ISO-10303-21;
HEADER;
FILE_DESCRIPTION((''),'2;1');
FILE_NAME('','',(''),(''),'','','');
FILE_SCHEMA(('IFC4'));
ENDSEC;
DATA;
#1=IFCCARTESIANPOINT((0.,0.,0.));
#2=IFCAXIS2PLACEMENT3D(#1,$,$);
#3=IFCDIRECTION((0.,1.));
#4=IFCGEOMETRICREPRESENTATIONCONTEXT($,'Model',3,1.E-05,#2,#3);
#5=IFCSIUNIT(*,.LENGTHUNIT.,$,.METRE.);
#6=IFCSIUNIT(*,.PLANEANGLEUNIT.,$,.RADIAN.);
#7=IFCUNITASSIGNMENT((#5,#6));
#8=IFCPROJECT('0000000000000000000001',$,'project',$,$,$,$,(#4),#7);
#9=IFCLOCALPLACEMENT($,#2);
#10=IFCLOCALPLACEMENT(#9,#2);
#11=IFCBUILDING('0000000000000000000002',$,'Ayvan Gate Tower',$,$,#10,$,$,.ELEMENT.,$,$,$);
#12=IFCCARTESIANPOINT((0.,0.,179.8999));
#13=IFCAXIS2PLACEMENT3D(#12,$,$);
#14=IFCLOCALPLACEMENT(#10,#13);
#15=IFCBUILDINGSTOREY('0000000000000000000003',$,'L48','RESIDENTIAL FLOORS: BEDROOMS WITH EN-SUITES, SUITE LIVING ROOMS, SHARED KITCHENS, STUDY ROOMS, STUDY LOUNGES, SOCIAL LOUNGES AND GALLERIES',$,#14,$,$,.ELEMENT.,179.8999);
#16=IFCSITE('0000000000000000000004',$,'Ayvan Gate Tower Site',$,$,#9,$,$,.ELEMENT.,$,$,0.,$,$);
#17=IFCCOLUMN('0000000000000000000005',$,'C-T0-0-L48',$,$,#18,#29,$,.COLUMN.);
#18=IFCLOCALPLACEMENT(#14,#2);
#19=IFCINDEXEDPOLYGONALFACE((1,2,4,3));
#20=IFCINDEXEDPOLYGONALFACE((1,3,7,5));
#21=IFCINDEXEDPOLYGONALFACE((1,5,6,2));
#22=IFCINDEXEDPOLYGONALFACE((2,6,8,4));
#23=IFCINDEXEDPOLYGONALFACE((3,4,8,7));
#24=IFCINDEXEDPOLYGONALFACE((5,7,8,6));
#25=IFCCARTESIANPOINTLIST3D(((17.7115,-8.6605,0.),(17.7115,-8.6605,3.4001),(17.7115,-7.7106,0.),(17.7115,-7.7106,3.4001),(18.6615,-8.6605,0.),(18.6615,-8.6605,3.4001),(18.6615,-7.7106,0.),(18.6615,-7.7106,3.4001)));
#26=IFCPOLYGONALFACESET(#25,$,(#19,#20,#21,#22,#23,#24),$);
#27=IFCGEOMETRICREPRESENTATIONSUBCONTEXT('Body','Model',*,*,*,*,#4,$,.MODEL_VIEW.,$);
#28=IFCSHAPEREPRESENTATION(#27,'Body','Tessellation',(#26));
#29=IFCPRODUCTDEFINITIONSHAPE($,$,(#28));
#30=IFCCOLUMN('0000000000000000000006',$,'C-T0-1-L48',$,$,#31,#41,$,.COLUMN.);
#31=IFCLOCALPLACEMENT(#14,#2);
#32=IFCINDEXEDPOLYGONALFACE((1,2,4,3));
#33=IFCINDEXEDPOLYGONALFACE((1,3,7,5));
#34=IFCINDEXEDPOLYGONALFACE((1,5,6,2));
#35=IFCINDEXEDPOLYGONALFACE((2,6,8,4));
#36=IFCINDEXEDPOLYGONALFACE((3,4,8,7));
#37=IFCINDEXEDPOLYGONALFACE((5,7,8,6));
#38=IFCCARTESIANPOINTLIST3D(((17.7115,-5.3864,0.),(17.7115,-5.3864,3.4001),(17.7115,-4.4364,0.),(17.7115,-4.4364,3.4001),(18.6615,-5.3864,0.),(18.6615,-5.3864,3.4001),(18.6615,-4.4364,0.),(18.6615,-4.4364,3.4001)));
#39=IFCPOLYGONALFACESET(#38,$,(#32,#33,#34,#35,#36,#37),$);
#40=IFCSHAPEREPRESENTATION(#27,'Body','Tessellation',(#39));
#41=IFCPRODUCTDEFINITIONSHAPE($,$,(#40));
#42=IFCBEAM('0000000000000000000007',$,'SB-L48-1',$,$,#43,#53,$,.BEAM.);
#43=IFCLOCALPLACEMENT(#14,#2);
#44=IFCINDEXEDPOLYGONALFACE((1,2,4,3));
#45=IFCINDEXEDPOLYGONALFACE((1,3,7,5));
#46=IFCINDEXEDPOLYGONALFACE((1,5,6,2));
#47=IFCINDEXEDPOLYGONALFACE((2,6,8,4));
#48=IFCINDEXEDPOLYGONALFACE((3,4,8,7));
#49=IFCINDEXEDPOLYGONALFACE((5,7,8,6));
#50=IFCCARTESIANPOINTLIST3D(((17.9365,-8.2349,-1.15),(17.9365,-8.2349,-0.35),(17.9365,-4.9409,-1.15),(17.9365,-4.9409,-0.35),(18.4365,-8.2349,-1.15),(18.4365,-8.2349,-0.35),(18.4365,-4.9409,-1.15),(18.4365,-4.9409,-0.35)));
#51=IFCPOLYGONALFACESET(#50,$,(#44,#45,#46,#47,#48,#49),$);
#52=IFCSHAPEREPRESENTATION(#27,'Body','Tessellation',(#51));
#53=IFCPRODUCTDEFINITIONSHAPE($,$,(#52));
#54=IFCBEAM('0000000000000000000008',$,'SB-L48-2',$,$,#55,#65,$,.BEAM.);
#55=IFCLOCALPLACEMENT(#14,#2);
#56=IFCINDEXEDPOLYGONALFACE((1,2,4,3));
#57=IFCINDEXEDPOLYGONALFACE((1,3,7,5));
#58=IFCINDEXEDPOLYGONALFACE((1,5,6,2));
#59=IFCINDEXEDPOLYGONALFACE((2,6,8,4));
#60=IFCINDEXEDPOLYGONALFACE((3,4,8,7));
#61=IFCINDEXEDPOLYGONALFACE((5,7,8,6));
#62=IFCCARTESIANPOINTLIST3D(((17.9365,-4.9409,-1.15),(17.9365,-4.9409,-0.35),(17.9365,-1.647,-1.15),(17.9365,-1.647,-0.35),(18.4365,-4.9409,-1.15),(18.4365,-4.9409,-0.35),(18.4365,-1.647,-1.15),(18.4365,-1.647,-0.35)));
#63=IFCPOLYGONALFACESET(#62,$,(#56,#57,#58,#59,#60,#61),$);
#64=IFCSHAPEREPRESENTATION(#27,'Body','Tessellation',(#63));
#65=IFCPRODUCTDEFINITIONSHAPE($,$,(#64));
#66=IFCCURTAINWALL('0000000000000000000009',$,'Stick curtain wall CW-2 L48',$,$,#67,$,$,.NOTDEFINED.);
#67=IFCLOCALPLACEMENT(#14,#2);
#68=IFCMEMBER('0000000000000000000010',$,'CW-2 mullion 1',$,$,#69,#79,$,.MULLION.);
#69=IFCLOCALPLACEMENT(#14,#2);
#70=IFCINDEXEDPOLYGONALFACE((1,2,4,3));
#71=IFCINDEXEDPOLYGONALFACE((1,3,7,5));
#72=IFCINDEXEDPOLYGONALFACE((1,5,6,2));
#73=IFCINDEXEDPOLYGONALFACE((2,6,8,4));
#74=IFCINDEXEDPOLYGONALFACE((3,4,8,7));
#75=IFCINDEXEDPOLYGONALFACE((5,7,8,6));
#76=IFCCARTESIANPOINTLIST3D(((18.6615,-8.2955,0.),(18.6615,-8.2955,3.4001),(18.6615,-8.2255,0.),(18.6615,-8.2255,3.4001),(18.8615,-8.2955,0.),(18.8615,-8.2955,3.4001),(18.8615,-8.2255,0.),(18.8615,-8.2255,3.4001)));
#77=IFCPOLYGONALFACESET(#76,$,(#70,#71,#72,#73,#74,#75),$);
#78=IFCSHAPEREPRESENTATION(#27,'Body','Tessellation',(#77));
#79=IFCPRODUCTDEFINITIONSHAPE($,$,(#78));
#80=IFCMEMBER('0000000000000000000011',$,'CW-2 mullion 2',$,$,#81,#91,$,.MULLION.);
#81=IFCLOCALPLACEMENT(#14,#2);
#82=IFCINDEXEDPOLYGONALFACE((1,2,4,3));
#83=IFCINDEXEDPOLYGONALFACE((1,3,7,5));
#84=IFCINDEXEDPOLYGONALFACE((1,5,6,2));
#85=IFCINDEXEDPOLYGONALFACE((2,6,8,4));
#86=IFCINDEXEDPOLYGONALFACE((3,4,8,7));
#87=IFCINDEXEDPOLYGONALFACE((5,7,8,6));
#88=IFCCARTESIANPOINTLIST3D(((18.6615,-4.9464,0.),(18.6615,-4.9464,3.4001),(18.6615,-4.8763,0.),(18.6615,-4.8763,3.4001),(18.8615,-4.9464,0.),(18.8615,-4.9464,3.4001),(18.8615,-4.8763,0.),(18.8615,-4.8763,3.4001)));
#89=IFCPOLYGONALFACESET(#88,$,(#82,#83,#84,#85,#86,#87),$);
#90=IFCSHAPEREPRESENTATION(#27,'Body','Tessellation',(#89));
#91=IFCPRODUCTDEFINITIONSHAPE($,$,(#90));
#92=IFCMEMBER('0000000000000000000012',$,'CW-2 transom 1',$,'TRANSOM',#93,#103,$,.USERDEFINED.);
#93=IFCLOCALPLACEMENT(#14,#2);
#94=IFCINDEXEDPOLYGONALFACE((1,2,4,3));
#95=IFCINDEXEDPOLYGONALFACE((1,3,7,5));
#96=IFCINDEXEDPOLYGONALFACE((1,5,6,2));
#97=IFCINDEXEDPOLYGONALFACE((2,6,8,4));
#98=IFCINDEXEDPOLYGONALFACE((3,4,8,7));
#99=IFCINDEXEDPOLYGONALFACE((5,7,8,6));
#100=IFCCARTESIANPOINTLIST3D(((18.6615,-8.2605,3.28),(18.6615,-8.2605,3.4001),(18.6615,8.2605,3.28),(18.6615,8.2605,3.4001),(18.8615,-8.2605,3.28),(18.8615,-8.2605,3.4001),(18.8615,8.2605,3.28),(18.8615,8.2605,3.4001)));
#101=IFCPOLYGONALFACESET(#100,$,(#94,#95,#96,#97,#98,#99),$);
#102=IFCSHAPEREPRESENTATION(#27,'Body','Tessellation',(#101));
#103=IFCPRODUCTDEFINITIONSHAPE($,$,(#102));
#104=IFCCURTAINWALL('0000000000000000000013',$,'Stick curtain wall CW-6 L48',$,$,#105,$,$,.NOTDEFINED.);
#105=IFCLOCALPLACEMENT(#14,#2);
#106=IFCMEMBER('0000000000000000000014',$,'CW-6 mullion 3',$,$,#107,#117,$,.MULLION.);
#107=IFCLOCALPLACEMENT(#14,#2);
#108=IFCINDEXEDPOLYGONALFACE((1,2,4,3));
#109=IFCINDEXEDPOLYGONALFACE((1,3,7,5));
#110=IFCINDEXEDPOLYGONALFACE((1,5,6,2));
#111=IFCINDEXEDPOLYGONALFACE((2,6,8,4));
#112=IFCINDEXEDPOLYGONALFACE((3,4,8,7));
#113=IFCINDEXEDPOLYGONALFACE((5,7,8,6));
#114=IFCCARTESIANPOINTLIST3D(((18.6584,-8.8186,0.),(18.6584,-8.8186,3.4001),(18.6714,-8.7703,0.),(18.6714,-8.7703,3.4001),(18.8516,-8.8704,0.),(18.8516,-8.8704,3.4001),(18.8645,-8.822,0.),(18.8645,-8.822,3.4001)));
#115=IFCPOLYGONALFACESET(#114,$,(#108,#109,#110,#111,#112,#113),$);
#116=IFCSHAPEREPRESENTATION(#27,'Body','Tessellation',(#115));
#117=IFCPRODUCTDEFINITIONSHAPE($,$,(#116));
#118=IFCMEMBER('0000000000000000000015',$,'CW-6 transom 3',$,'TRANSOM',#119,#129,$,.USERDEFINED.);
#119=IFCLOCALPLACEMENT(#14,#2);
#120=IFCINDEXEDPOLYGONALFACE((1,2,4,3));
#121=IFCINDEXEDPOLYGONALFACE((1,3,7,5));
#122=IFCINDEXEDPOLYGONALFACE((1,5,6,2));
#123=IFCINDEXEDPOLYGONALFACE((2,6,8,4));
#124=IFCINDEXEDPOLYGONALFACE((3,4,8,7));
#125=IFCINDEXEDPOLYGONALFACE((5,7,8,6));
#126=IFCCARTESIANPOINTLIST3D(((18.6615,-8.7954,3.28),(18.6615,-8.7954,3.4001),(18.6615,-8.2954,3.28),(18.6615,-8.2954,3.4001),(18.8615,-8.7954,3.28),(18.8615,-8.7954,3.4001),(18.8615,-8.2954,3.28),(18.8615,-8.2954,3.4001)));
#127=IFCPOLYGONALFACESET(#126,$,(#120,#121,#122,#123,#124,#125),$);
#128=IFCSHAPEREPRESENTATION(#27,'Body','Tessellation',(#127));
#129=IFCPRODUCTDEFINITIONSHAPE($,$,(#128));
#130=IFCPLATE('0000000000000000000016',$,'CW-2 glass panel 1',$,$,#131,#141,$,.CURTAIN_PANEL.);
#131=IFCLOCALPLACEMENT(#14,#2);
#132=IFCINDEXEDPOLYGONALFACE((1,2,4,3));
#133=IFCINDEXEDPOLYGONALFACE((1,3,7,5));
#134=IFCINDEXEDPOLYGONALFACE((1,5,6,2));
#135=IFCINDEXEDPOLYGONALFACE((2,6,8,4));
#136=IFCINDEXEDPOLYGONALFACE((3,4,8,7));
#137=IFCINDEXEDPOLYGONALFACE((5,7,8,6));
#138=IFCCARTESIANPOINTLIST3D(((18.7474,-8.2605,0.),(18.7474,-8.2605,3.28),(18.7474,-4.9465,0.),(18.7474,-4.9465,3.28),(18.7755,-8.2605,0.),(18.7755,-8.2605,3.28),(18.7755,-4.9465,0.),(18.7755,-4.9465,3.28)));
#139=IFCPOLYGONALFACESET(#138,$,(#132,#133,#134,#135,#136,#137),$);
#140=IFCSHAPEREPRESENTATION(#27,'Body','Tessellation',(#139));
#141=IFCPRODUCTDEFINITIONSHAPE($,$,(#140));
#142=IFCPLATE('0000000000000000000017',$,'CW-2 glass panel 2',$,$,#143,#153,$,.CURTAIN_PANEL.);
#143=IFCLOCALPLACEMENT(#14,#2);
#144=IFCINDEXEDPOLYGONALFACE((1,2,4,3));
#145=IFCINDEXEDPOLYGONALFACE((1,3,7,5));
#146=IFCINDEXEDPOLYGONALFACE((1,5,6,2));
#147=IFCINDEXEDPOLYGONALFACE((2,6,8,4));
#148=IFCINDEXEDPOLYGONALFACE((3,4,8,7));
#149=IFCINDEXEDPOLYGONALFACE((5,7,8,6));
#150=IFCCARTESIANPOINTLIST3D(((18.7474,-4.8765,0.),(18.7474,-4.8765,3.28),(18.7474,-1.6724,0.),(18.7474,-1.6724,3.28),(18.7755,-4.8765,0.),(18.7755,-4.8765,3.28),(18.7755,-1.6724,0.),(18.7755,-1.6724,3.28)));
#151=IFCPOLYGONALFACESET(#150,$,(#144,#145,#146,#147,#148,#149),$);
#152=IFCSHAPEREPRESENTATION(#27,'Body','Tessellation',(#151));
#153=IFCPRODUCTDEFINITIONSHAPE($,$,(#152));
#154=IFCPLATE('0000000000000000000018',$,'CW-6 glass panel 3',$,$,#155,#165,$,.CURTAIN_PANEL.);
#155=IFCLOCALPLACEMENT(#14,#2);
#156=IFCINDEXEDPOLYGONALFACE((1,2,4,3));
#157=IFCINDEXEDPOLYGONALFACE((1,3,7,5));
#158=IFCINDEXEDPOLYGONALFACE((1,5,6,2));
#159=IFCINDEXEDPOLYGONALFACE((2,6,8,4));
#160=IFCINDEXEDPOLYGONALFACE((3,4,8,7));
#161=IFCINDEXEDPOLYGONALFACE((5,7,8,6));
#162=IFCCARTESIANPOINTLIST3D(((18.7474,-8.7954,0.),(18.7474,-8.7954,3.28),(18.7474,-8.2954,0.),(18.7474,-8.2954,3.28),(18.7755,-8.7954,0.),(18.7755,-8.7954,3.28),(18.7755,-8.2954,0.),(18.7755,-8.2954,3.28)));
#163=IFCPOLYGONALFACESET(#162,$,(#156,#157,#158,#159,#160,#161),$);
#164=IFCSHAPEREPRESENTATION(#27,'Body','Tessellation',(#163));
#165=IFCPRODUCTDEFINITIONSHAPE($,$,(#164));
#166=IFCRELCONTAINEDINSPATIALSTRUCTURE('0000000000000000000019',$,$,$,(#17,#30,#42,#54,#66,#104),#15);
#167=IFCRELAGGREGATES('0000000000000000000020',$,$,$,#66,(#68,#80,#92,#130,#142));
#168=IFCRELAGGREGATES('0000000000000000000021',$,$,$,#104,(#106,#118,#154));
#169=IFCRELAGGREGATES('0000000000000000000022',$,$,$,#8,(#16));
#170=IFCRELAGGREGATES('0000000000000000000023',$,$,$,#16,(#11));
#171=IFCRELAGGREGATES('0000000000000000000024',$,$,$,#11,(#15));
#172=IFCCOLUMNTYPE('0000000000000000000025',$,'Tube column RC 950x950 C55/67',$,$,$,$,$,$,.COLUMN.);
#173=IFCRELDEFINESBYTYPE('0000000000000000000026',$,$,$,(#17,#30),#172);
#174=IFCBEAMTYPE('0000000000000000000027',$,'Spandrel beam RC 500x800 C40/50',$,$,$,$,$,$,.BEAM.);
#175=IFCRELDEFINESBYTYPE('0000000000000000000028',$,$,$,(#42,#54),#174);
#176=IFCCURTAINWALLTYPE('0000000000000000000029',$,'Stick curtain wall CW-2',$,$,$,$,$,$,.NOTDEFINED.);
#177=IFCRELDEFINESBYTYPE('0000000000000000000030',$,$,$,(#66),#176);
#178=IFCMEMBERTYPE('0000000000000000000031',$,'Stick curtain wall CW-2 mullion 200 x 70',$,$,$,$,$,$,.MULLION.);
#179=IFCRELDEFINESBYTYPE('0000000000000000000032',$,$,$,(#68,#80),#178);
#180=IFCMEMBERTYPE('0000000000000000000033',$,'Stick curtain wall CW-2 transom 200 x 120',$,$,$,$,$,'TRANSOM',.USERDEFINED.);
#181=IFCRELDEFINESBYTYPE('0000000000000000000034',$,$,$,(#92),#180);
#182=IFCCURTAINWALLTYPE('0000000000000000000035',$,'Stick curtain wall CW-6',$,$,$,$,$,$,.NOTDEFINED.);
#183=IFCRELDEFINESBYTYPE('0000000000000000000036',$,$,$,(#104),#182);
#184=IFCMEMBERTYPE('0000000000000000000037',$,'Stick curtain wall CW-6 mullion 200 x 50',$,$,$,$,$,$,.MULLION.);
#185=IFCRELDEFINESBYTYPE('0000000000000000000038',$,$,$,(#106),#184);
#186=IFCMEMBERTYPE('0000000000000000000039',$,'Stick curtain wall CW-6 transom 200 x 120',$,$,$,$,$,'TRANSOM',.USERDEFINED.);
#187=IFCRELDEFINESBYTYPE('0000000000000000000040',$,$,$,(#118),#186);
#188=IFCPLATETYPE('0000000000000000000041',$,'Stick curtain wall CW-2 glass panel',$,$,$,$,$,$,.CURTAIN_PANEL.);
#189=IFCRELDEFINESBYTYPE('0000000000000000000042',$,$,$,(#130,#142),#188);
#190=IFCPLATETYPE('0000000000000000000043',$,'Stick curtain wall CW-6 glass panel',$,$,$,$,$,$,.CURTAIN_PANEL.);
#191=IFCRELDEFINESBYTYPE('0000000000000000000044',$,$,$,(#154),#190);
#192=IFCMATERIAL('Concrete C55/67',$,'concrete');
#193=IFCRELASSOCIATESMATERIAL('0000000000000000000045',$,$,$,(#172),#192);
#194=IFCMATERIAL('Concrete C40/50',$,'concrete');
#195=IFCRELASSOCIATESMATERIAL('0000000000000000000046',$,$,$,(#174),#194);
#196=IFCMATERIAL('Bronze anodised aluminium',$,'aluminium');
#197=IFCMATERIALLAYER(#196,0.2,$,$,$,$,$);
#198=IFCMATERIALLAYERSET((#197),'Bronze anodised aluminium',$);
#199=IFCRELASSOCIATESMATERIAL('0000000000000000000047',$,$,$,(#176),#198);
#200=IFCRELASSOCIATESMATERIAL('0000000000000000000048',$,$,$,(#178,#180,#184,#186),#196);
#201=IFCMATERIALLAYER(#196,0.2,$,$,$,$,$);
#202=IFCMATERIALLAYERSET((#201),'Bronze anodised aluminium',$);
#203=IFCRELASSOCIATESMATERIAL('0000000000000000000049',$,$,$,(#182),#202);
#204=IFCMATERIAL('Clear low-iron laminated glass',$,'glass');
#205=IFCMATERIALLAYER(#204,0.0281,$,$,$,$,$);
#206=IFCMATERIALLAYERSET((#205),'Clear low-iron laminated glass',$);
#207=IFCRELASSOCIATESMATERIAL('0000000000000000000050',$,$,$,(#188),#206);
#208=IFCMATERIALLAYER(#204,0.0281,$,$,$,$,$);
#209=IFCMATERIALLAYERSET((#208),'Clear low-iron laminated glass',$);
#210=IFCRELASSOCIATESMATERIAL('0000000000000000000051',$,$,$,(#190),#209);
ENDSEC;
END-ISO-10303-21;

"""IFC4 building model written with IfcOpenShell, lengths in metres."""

from ifc_helpers import new_model, si_unit, direction, frame, origin, origin_2d, place, context, subcontext, project, spatial, rectangle, extrude, material, layer, layer_set, material_profile, profile_set, type_object, element, aggregate, save


model = new_model("IFC4")

# Units and contexts
model_context = context("Model", 3, precision=1e-05, world=origin(), true_north=direction((0.0, 1.0)))
body_context = subcontext(model_context, "Body", "Model", "MODEL_VIEW")
ifc_project = project(units=[si_unit("LENGTHUNIT", "METRE"), si_unit("PLANEANGLEUNIT", "RADIAN")], contexts=[model_context])

# Site, building, storey
site_placement = place(None, origin())
site = spatial("IfcSite", under=ifc_project, at=site_placement, Name="Ayvan Gate Tower Site", CompositionType="ELEMENT", RefElevation=0.0)
building_placement = place(site_placement, origin())
building = spatial("IfcBuilding", under=site, at=building_placement, Name="Ayvan Gate Tower", CompositionType="ELEMENT")
storey_placement = place(building_placement, frame((0.0, 0.0, 179.8999)))
storey = spatial("IfcBuildingStorey", under=building, at=storey_placement, Name="L48", Description="RESIDENTIAL FLOORS: BEDROOMS WITH EN-SUITES, SUITE LIVING ROOMS, SHARED KITCHENS, STUDY ROOMS, STUDY LOUNGES, SOCIAL LOUNGES AND GALLERIES", CompositionType="ELEMENT", Elevation=179.8999)

# Columns
ifc_material_1 = material(Name="Concrete C55/67", Category="concrete")
ifc_material_profile_1 = material_profile(ifc_material_1, rectangle(XDim=0.95, YDim=0.95, at=origin_2d()), Name="RC 950x950")
ifc_profile_set_1 = profile_set([ifc_material_profile_1], Name="Concrete C55/67")
column_type = type_object("IfcColumnType", Name="Tube column RC 950x950 C55/67", PredefinedType="COLUMN", material=ifc_profile_set_1)
for number, where, z_axis, x_axis, name in (
    (1, (18.1865, -8.1855, 0.0), (0.0, 0.0, 1.0), (1.0, 0.0, 0.0), "C-T0-0-L48"),
    (2, (18.1865, -4.9114, 0.0), (0.0, 0.0, 1.0), (1.0, 0.0, 0.0), "C-T0-1-L48"),
):
    element("IfcColumn", number, at=place(storey_placement, frame(where, z_axis=z_axis, x_axis=x_axis)), inside=storey, type_object=column_type, Name=name, PredefinedType="COLUMN", context=body_context, shape_type="SweptSolid", body=[
        extrude(rectangle(XDim=0.95, YDim=0.95, at=origin_2d()), origin(), (0.0, 0.0, 1.0), 3.4001),
    ])

# Beams
ifc_material_2 = material(Name="Concrete C40/50", Category="concrete")
ifc_material_profile_2 = material_profile(ifc_material_2, rectangle(XDim=0.5, YDim=0.8, at=origin_2d()), Name="RC 500x800")
ifc_profile_set_2 = profile_set([ifc_material_profile_2], Name="Concrete C40/50")
beam_type = type_object("IfcBeamType", Name="Spandrel beam RC 500x800 C40/50", PredefinedType="BEAM", material=ifc_profile_set_2)
for number, where, z_axis, x_axis, name in (
    (3, (18.1865, -8.2349, -0.75), (0.0, 1.0, 0.0), (-1.0, 0.0, 0.0), "SB-L48-1"),
    (4, (18.1865, -4.9409, -0.75), (0.0, 1.0, 0.0), (-1.0, 0.0, 0.0), "SB-L48-2"),
):
    element("IfcBeam", number, at=place(storey_placement, frame(where, z_axis=z_axis, x_axis=x_axis)), inside=storey, type_object=beam_type, Name=name, PredefinedType="BEAM", context=body_context, shape_type="SweptSolid", body=[
        extrude(rectangle(XDim=0.5, YDim=0.8, at=origin_2d()), origin(), (0.0, 0.0, 1.0), 3.2939),
    ])

# Curtain walls, members
ifc_material_3 = material(Name="Bronze anodised aluminium", Category="aluminium")
ifc_layer_1 = layer(ifc_material_3, 0.2)
ifc_layer_set_1 = layer_set([ifc_layer_1], Name="Bronze anodised aluminium")
curtain_wall_type_1 = type_object("IfcCurtainWallType", Name="Stick curtain wall CW-2", PredefinedType="NOTDEFINED", material=ifc_layer_set_1)
curtain_wall_1_placement = place(storey_placement, origin())
curtain_wall_1 = element("IfcCurtainWall", 5, at=curtain_wall_1_placement, inside=storey, type_object=curtain_wall_type_1, Name="Stick curtain wall CW-2 L48", PredefinedType="NOTDEFINED")
ifc_material_profile_3 = material_profile(ifc_material_3, rectangle(XDim=0.2, YDim=0.0701, at=origin_2d()), Name="Stick curtain wall CW-2 mullion 200 x 70")
ifc_profile_set_3 = profile_set([ifc_material_profile_3], Name="Bronze anodised aluminium")
member_type_1 = type_object("IfcMemberType", Name="Stick curtain wall CW-2 mullion 200 x 70", PredefinedType="MULLION", material=ifc_profile_set_3)
member_1_placement = place(storey_placement, frame((18.7615, -8.2605, 0.0), z_axis=(0.0, 0.0, 1.0), x_axis=(1.0, 0.0, 0.0)))
member_1 = element("IfcMember", 6, at=member_1_placement, type_object=member_type_1, Name="CW-2 mullion 1", PredefinedType="MULLION", context=body_context, shape_type="SweptSolid", body=[
    extrude(rectangle(XDim=0.2, YDim=0.0701, at=origin_2d()), origin(), (0.0, 0.0, 1.0), 3.4001),
])
member_2_placement = place(storey_placement, frame((18.7615, -4.9114, 0.0), z_axis=(0.0, 0.0, 1.0), x_axis=(1.0, 0.0, 0.0)))
member_2 = element("IfcMember", 7, at=member_2_placement, type_object=member_type_1, Name="CW-2 mullion 2", PredefinedType="MULLION", context=body_context, shape_type="SweptSolid", body=[
    extrude(rectangle(XDim=0.2, YDim=0.0701, at=origin_2d()), origin(), (0.0, 0.0, 1.0), 3.4001),
])
ifc_material_profile_4 = material_profile(ifc_material_3, rectangle(XDim=0.2, YDim=0.1201, at=origin_2d()), Name="Stick curtain wall CW-2 transom 200 x 120")
ifc_profile_set_4 = profile_set([ifc_material_profile_4], Name="Bronze anodised aluminium")
member_type_2 = type_object("IfcMemberType", Name="Stick curtain wall CW-2 transom 200 x 120", ElementType="TRANSOM", PredefinedType="USERDEFINED", material=ifc_profile_set_4)
member_3_placement = place(storey_placement, frame((18.7615, -8.2605, 3.3401), z_axis=(0.0, 1.0, 0.0), x_axis=(-1.0, 0.0, 0.0)))
member_3 = element("IfcMember", 8, at=member_3_placement, type_object=member_type_2, Name="CW-2 transom 1", ObjectType="TRANSOM", PredefinedType="USERDEFINED", context=body_context, shape_type="SweptSolid", body=[
    extrude(rectangle(XDim=0.2, YDim=0.1201, at=origin_2d()), origin(), (0.0, 0.0, 1.0), 16.521),
])
ifc_layer_2 = layer(ifc_material_3, 0.2)
ifc_layer_set_2 = layer_set([ifc_layer_2], Name="Bronze anodised aluminium")
curtain_wall_type_2 = type_object("IfcCurtainWallType", Name="Stick curtain wall CW-6", PredefinedType="NOTDEFINED", material=ifc_layer_set_2)
curtain_wall_2_placement = place(storey_placement, origin())
curtain_wall_2 = element("IfcCurtainWall", 9, at=curtain_wall_2_placement, inside=storey, type_object=curtain_wall_type_2, Name="Stick curtain wall CW-6 L48", PredefinedType="NOTDEFINED")
ifc_material_profile_5 = material_profile(ifc_material_3, rectangle(XDim=0.2, YDim=0.05, at=origin_2d()), Name="Stick curtain wall CW-6 mullion 200 x 50")
ifc_profile_set_5 = profile_set([ifc_material_profile_5], Name="Bronze anodised aluminium")
member_type_3 = type_object("IfcMemberType", Name="Stick curtain wall CW-6 mullion 200 x 50", PredefinedType="MULLION", material=ifc_profile_set_5)
member_4_placement = place(storey_placement, frame((18.7615, -8.8203, 0.0), z_axis=(0.0, 0.0, 1.0), x_axis=(0.965926, -0.258819, 0.0)))
member_4 = element("IfcMember", 10, at=member_4_placement, type_object=member_type_3, Name="CW-6 mullion 3", PredefinedType="MULLION", context=body_context, shape_type="SweptSolid", body=[
    extrude(rectangle(XDim=0.2, YDim=0.05, at=origin_2d()), origin(), (0.0, 0.0, 1.0), 3.4001),
])
ifc_material_profile_6 = material_profile(ifc_material_3, rectangle(XDim=0.2, YDim=0.1201, at=origin_2d()), Name="Stick curtain wall CW-6 transom 200 x 120")
ifc_profile_set_6 = profile_set([ifc_material_profile_6], Name="Bronze anodised aluminium")
member_type_4 = type_object("IfcMemberType", Name="Stick curtain wall CW-6 transom 200 x 120", ElementType="TRANSOM", PredefinedType="USERDEFINED", material=ifc_profile_set_6)
member_5_placement = place(storey_placement, frame((18.7615, -8.7954, 3.3401), z_axis=(0.0, 1.0, 0.0), x_axis=(-1.0, 0.0, 0.0)))
member_5 = element("IfcMember", 11, at=member_5_placement, type_object=member_type_4, Name="CW-6 transom 3", ObjectType="TRANSOM", PredefinedType="USERDEFINED", context=body_context, shape_type="SweptSolid", body=[
    extrude(rectangle(XDim=0.2, YDim=0.1201, at=origin_2d()), origin(), (0.0, 0.0, 1.0), 0.5),
])

# Plates
ifc_material_4 = material(Name="Clear low-iron laminated glass", Category="glass")
ifc_layer_3 = layer(ifc_material_4, 0.0281)
ifc_layer_set_3 = layer_set([ifc_layer_3], Name="Clear low-iron laminated glass")
plate_type_1 = type_object("IfcPlateType", Name="Stick curtain wall CW-2 glass panel", PredefinedType="CURTAIN_PANEL", material=ifc_layer_set_3)
plate_1_placement = place(storey_placement, frame((18.7615, -6.6035, 0.0), z_axis=(0.0, 0.0, 1.0), x_axis=(0.0, 1.0, 0.0)))
plate_1 = element("IfcPlate", 12, at=plate_1_placement, type_object=plate_type_1, Name="CW-2 glass panel 1", PredefinedType="CURTAIN_PANEL", context=body_context, shape_type="SweptSolid", body=[
    extrude(rectangle(XDim=3.314, YDim=0.0281, at=origin_2d()), origin(), (0.0, 0.0, 1.0), 3.28),
])
plate_2_placement = place(storey_placement, frame((18.7615, -3.2744, 0.0), z_axis=(0.0, 0.0, 1.0), x_axis=(0.0, 1.0, 0.0)))
plate_2 = element("IfcPlate", 13, at=plate_2_placement, type_object=plate_type_1, Name="CW-2 glass panel 2", PredefinedType="CURTAIN_PANEL", context=body_context, shape_type="SweptSolid", body=[
    extrude(rectangle(XDim=3.2041, YDim=0.0281, at=origin_2d()), origin(), (0.0, 0.0, 1.0), 3.28),
])
aggregate(curtain_wall_1, [member_1, member_2, member_3, plate_1, plate_2])
ifc_layer_4 = layer(ifc_material_4, 0.0281)
ifc_layer_set_4 = layer_set([ifc_layer_4], Name="Clear low-iron laminated glass")
plate_type_2 = type_object("IfcPlateType", Name="Stick curtain wall CW-6 glass panel", PredefinedType="CURTAIN_PANEL", material=ifc_layer_set_4)
plate_3_placement = place(storey_placement, frame((18.7615, -8.5454, 0.0), z_axis=(0.0, 0.0, 1.0), x_axis=(0.0, 1.0, 0.0)))
plate_3 = element("IfcPlate", 14, at=plate_3_placement, type_object=plate_type_2, Name="CW-6 glass panel 3", PredefinedType="CURTAIN_PANEL", context=body_context, shape_type="SweptSolid", body=[
    extrude(rectangle(XDim=0.5, YDim=0.0281, at=origin_2d()), origin(), (0.0, 0.0, 1.0), 3.28),
])
aggregate(curtain_wall_2, [member_4, member_5, plate_3])

save(model, "model.ifc")
